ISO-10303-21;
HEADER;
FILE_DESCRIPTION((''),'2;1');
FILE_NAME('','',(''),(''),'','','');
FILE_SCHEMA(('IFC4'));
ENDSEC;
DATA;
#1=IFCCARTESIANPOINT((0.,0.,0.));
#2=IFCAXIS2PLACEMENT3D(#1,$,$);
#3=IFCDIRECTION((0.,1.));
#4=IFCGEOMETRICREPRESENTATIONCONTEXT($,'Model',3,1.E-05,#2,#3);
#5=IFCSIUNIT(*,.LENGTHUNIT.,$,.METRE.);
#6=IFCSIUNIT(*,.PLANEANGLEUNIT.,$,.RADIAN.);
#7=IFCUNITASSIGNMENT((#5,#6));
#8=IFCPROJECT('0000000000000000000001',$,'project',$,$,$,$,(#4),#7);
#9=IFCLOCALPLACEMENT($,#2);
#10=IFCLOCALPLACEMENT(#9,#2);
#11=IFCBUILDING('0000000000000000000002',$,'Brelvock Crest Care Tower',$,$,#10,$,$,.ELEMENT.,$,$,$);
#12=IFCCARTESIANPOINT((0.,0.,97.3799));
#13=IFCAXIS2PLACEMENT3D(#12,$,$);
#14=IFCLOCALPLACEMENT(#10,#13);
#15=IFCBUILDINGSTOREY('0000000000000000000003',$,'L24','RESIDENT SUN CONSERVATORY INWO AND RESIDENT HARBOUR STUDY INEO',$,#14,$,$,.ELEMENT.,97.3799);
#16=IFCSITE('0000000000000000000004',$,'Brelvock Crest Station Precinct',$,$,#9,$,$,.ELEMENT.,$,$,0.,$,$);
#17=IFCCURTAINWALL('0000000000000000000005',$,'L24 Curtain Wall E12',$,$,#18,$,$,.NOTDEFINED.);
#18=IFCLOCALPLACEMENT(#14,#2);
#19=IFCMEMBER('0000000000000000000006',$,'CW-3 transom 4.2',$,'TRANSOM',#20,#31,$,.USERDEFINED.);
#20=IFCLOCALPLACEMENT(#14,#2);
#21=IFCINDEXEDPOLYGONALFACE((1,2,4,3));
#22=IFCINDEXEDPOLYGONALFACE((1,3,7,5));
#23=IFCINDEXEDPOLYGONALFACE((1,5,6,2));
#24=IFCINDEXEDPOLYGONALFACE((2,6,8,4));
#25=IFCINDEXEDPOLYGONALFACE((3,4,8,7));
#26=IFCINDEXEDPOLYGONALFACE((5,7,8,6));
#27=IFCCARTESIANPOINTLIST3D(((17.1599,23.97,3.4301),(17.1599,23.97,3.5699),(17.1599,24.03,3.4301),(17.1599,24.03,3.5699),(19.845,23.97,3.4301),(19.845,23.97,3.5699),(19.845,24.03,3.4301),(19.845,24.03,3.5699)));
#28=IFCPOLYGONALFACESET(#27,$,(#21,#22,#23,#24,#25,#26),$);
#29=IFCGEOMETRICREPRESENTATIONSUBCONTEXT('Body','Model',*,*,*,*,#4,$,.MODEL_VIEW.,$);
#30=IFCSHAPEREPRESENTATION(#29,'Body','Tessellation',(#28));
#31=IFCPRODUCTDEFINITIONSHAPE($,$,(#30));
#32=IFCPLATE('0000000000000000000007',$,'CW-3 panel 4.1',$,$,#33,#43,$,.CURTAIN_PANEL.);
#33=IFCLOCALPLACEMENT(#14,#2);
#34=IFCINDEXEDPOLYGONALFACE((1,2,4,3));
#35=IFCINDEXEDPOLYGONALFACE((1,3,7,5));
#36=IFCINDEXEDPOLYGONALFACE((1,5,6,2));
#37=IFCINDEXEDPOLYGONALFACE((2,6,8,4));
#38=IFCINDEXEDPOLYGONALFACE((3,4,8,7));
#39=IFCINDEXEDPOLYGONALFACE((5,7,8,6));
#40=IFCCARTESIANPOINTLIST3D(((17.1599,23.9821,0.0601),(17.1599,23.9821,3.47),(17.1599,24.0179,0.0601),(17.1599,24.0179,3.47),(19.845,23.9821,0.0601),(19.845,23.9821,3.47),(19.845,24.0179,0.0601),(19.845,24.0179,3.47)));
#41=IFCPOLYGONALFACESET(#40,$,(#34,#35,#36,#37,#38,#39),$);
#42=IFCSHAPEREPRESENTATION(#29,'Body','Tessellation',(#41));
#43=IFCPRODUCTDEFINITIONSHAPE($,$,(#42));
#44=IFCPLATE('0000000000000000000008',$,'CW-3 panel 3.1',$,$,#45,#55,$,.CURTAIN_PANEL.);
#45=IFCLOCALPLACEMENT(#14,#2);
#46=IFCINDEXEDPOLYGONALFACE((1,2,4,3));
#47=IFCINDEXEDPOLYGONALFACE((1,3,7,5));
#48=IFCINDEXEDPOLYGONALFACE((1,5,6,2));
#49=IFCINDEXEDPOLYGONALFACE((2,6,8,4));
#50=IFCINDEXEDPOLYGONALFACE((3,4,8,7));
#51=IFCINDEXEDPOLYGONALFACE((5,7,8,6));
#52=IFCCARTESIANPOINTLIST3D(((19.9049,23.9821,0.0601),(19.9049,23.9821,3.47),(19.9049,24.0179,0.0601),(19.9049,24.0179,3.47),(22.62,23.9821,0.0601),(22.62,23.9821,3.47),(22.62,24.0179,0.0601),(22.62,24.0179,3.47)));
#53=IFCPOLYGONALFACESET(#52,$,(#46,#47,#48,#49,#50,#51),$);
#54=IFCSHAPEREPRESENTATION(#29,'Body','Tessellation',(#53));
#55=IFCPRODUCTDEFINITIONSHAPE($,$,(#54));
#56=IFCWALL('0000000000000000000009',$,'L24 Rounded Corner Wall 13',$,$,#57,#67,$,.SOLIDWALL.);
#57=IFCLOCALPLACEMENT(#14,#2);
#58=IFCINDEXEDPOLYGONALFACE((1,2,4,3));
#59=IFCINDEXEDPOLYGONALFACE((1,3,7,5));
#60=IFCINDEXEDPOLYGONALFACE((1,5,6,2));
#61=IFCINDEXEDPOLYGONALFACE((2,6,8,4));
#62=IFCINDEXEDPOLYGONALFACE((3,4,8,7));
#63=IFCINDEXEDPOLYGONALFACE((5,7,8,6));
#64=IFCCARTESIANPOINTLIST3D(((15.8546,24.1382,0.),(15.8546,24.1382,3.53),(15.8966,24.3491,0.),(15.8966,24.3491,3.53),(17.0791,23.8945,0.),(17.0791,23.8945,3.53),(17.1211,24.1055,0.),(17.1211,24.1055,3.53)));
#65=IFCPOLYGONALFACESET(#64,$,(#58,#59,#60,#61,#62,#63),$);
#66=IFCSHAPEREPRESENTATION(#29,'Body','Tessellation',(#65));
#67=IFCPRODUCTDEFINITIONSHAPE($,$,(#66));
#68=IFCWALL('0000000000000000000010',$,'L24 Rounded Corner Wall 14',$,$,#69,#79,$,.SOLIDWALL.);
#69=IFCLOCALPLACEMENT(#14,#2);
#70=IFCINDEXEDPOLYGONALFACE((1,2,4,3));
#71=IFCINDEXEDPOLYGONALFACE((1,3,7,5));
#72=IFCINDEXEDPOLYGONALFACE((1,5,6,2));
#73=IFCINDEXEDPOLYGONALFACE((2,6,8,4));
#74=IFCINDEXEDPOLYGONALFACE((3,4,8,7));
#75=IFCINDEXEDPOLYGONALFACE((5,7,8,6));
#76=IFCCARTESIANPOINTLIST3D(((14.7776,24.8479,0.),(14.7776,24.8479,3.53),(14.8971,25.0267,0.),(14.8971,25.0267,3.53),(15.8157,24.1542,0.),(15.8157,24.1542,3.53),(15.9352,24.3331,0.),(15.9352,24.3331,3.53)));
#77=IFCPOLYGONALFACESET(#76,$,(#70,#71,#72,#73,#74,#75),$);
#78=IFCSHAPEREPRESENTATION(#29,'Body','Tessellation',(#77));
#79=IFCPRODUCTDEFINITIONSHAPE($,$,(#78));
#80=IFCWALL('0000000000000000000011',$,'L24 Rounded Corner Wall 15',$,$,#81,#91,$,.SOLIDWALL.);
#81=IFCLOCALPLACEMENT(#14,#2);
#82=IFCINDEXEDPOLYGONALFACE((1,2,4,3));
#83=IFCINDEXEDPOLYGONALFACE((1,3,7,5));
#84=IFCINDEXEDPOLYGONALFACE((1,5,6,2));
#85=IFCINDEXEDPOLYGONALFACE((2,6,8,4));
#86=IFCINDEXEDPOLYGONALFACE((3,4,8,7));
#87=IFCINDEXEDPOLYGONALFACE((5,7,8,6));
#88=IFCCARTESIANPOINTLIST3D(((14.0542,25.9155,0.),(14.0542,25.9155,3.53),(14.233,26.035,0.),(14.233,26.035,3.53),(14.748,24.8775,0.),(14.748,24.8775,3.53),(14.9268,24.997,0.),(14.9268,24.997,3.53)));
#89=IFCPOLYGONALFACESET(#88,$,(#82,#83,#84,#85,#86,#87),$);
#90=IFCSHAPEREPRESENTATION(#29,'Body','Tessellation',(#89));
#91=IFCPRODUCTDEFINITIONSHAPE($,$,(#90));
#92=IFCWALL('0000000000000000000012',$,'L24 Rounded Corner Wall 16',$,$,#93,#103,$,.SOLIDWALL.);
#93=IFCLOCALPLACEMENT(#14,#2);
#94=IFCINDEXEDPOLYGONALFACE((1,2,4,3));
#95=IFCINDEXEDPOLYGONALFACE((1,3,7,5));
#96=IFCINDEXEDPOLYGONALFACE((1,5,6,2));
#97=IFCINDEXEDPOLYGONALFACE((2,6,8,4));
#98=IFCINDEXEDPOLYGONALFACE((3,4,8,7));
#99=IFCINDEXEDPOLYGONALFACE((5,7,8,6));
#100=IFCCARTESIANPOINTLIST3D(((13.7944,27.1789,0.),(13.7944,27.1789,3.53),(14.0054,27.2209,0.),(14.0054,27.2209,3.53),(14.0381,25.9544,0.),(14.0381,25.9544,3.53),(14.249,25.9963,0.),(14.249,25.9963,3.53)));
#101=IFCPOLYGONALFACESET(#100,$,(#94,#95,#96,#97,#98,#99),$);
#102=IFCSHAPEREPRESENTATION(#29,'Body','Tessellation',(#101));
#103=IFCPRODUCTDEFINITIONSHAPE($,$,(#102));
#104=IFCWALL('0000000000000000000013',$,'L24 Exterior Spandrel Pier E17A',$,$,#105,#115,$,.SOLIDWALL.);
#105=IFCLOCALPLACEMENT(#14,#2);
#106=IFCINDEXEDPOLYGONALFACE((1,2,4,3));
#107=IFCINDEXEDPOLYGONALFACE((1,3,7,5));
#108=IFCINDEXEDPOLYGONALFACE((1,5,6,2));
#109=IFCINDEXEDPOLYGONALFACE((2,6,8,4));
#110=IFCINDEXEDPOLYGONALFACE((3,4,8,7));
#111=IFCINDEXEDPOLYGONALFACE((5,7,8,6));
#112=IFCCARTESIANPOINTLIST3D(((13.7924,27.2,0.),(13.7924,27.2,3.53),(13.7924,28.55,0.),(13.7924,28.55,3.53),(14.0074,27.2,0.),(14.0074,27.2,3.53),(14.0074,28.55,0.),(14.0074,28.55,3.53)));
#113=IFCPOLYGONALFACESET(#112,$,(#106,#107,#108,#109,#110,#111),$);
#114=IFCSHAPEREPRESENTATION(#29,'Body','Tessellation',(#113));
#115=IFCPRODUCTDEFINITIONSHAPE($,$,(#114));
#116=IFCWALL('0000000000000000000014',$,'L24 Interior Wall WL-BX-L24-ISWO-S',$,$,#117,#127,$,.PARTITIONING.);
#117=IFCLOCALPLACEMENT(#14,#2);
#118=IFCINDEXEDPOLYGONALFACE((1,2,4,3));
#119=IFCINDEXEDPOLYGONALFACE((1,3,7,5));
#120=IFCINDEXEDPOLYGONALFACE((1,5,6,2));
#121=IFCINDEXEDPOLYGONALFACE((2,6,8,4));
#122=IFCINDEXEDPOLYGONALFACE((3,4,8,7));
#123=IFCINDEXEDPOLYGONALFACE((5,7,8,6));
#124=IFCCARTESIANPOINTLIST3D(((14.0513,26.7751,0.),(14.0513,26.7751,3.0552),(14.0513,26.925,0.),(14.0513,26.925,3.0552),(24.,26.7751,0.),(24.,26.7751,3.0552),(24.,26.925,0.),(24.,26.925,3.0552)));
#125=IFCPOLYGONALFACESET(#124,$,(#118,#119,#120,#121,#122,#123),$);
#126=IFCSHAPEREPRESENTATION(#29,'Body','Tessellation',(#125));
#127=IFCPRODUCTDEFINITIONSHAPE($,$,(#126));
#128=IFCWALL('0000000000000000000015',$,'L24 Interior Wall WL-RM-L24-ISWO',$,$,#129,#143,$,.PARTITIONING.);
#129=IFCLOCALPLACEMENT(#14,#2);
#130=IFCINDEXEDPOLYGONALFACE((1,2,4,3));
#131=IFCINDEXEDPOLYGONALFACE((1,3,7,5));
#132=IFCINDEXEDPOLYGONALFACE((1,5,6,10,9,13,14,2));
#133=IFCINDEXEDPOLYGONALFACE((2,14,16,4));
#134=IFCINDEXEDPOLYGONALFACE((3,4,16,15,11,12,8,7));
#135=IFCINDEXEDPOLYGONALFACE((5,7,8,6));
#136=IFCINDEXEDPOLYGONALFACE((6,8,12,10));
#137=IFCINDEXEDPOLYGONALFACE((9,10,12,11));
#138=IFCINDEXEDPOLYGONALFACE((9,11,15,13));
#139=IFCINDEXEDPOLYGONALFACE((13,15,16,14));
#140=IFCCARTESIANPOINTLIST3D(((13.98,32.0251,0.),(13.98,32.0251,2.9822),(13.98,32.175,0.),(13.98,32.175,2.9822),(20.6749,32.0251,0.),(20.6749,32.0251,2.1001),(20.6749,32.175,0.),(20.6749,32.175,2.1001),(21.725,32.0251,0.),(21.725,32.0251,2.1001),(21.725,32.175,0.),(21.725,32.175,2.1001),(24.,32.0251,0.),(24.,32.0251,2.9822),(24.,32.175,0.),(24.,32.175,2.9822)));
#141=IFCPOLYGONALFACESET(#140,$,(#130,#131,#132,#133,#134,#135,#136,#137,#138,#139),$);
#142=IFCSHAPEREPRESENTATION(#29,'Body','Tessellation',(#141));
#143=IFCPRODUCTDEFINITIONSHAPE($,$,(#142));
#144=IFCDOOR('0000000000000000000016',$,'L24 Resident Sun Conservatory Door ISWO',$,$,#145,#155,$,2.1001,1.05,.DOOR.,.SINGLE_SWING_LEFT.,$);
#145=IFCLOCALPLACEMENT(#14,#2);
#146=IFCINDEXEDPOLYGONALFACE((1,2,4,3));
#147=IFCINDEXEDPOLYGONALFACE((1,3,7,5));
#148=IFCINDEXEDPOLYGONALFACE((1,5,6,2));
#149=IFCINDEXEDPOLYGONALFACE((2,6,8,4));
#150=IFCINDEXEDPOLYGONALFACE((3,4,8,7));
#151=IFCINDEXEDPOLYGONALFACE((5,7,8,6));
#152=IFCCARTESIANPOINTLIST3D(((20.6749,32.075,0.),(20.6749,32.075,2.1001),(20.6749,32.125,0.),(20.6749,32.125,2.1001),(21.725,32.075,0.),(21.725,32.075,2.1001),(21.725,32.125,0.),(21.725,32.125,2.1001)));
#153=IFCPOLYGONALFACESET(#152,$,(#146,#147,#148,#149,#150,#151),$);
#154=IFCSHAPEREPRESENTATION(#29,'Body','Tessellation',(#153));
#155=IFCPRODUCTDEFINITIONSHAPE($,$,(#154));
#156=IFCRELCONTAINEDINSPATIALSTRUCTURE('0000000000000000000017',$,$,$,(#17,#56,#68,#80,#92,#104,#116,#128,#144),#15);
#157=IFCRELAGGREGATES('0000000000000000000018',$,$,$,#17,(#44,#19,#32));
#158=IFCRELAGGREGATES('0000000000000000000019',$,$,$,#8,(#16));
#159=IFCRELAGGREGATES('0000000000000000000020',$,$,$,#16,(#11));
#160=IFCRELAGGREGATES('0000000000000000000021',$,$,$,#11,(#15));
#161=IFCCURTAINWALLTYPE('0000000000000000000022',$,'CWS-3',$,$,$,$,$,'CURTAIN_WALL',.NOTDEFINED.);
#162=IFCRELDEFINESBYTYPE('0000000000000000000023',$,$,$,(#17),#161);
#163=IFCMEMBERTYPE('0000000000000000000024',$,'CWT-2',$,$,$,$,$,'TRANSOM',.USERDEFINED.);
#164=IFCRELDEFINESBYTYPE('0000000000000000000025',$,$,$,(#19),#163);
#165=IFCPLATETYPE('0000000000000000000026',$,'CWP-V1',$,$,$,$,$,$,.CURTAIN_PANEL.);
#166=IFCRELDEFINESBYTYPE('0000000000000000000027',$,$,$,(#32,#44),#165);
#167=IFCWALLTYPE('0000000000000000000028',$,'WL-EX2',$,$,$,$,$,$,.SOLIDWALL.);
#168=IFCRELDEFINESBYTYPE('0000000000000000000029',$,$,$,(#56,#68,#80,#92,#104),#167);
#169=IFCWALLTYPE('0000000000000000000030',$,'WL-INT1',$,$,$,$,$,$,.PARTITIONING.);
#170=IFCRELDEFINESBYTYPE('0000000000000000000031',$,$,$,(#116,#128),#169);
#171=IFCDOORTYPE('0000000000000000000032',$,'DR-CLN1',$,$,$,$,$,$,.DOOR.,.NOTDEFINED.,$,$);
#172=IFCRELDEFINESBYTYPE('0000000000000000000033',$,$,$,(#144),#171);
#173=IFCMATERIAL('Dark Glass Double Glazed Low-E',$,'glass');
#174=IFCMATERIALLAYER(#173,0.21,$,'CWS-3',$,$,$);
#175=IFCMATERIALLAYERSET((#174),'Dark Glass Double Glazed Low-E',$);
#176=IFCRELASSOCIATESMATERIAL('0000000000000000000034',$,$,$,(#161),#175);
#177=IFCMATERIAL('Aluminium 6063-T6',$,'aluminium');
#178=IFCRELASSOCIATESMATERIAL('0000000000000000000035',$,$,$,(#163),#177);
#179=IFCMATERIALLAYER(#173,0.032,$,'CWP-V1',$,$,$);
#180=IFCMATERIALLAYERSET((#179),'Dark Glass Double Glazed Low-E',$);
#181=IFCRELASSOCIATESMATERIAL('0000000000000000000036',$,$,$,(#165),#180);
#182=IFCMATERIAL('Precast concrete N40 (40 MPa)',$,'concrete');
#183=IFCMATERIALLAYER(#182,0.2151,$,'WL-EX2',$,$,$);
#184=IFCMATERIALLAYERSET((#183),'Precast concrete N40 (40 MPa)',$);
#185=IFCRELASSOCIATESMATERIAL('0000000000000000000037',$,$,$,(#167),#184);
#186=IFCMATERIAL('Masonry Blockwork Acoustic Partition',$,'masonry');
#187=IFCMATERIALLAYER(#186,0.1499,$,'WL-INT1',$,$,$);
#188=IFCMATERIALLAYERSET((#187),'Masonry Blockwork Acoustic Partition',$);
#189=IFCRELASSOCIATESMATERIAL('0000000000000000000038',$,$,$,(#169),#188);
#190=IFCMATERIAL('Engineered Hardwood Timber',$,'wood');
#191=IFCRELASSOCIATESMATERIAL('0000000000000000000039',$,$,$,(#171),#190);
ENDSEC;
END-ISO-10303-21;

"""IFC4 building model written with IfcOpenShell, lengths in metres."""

from ifc_helpers import new_model, si_unit, direction, frame, frame_2d, origin, origin_2d, place, context, subcontext, project, spatial, rectangle, extrude, source, transform, mapped, material, layer, layer_set, material_profile, profile_set, type_object, element, fill, aggregate, save


model = new_model("IFC4")

# Units and contexts
model_context = context("Model", 3, precision=1e-05, world=origin(), true_north=direction((0.0, 1.0)))
body_context = subcontext(model_context, "Body", "Model", "MODEL_VIEW")
ifc_project = project(units=[si_unit("LENGTHUNIT", "METRE"), si_unit("PLANEANGLEUNIT", "RADIAN")], contexts=[model_context])

# Site, building, storey
site_placement = place(None, origin())
site = spatial("IfcSite", under=ifc_project, at=site_placement, Name="Brelvock Crest Station Precinct", CompositionType="ELEMENT", RefElevation=0.0)
building_placement = place(site_placement, origin())
building = spatial("IfcBuilding", under=site, at=building_placement, Name="Brelvock Crest Care Tower", CompositionType="ELEMENT")
storey_placement = place(building_placement, frame((0.0, 0.0, 97.3799)))
storey = spatial("IfcBuildingStorey", under=building, at=storey_placement, Name="L24", Description="RESIDENT SUN CONSERVATORY INWO AND RESIDENT HARBOUR STUDY INEO", CompositionType="ELEMENT", Elevation=97.3799)

# Curtain wall, member, plates
ifc_material_1 = material(Name="Dark Glass Double Glazed Low-E", Category="glass")
ifc_layer_1 = layer(ifc_material_1, 0.21, Name="CWS-3")
ifc_layer_set_1 = layer_set([ifc_layer_1], Name="Dark Glass Double Glazed Low-E")
curtain_wall_type = type_object("IfcCurtainWallType", Name="CWS-3", ElementType="CURTAIN_WALL", PredefinedType="NOTDEFINED", material=ifc_layer_set_1)
curtain_wall_placement = place(storey_placement, origin())
curtain_wall = element("IfcCurtainWall", 1, at=curtain_wall_placement, inside=storey, type_object=curtain_wall_type, Name="L24 Curtain Wall E12", PredefinedType="NOTDEFINED")
ifc_material_2 = material(Name="Aluminium 6063-T6", Category="aluminium")
ifc_material_profile_1 = material_profile(ifc_material_2, rectangle(XDim=0.0601, YDim=0.1399, at=origin_2d()), Name="ALU60x140")
ifc_profile_set_1 = profile_set([ifc_material_profile_1], Name="Aluminium 6063-T6")
member_type_1 = type_object("IfcMemberType", Name="CWT-2", ElementType="TRANSOM", PredefinedType="USERDEFINED", material=ifc_profile_set_1)
shared_shape_1 = source(origin(), body_context, "Body", "SweptSolid", [
    extrude(rectangle(XDim=0.0601, YDim=0.1399, at=origin_2d()), origin(), (0.0, 0.0, 1.0), 2.6851),
])
member_1_placement = place(storey_placement, frame((19.845, 24.0, 3.5), z_axis=(-1.0, 0.0, 0.0), x_axis=(0.0, -1.0, 0.0)))
member_1 = element("IfcMember", 2, at=member_1_placement, type_object=member_type_1, Name="CW-3 transom 4.2", ObjectType="TRANSOM", PredefinedType="USERDEFINED", context=body_context, shape_type="MappedRepresentation", body=[
    mapped(shared_shape_1, transform((0.0, 0.0, 0.0), x_axis=(1.0, 0.0, 0.0), y_axis=(0.0, 1.0, 0.0), z_axis=(0.0, 0.0, 1.0), scale=1.0)),
])
ifc_layer_2 = layer(ifc_material_1, 0.032, Name="CWP-V1")
ifc_layer_set_2 = layer_set([ifc_layer_2], Name="Dark Glass Double Glazed Low-E")
plate_type = type_object("IfcPlateType", Name="CWP-V1", PredefinedType="CURTAIN_PANEL", material=ifc_layer_set_2)
shared_shape_2 = source(origin(), body_context, "Body", "SweptSolid", [
    extrude(rectangle(XDim=2.6851, YDim=0.0359, at=origin_2d()), origin(), (0.0, 0.0, 1.0), 3.4099),
])
plate_1_placement = place(storey_placement, frame((18.5024, 24.0, 0.0601), z_axis=(0.0, 0.0, 1.0), x_axis=(-1.0, 0.0, 0.0)))
plate_1 = element("IfcPlate", 3, at=plate_1_placement, type_object=plate_type, Name="CW-3 panel 4.1", PredefinedType="CURTAIN_PANEL", context=body_context, shape_type="MappedRepresentation", body=[
    mapped(shared_shape_2, transform((0.0, 0.0, 0.0), x_axis=(1.0, 0.0, 0.0), y_axis=(0.0, 1.0, 0.0), z_axis=(0.0, 0.0, 1.0), scale=1.0)),
])
shared_shape_3 = source(origin(), body_context, "Body", "SweptSolid", [
    extrude(rectangle(XDim=2.7151, YDim=0.0359, at=origin_2d()), origin(), (0.0, 0.0, 1.0), 3.4099),
])
plate_2_placement = place(storey_placement, frame((21.2625, 24.0, 0.0601), z_axis=(0.0, 0.0, 1.0), x_axis=(-1.0, 0.0, 0.0)))
plate_2 = element("IfcPlate", 4, at=plate_2_placement, type_object=plate_type, Name="CW-3 panel 3.1", PredefinedType="CURTAIN_PANEL", context=body_context, shape_type="MappedRepresentation", body=[
    mapped(shared_shape_3, transform((0.0, 0.0, 0.0), x_axis=(1.0, 0.0, 0.0), y_axis=(0.0, 1.0, 0.0), z_axis=(0.0, 0.0, 1.0), scale=1.0)),
])
aggregate(curtain_wall, [plate_2, member_1, plate_1])

# Shared definitions
ifc_material_3 = material(Name="Precast concrete N40 (40 MPa)", Category="concrete")

# Walls
ifc_layer_3 = layer(ifc_material_3, 0.2151, Name="WL-EX2")
ifc_layer_set_3 = layer_set([ifc_layer_3], Name="Precast concrete N40 (40 MPa)")
wall_type_1 = type_object("IfcWallType", Name="WL-EX2", PredefinedType="SOLIDWALL", material=ifc_layer_set_3)
for number, where, z_axis, x_axis, name in (
    (5, (17.1001, 24.0, 0.0), (0.0, 0.0, 1.0), (-0.980776, 0.195138, 0.0), "L24 Rounded Corner Wall 13"),
    (6, (15.8755, 24.2437, 0.0), (0.0, 0.0, 1.0), (-0.831478, 0.555557, 0.0), "L24 Rounded Corner Wall 14"),
    (7, (14.8374, 24.9373, 0.0), (0.0, 0.0, 1.0), (-0.555692, 0.831388, 0.0), "L24 Rounded Corner Wall 15"),
    (8, (14.1436, 25.9753, 0.0), (0.0, 0.0, 1.0), (-0.195138, 0.980776, 0.0), "L24 Rounded Corner Wall 16"),
):
    element("IfcWall", number, at=place(storey_placement, frame(where, z_axis=z_axis, x_axis=x_axis)), inside=storey, type_object=wall_type_1, Name=name, PredefinedType="SOLIDWALL", context=body_context, shape_type="SweptSolid", body=[
        extrude(rectangle(XDim=1.2485, YDim=0.2151, at=frame_2d((0.6243, 0.0))), origin(), (0.0, 0.0, 1.0), 3.53),
    ])
wall_1_placement = place(storey_placement, frame((13.8999, 27.2, 0.0), z_axis=(0.0, 0.0, 1.0), x_axis=(0.0, 1.0, 0.0)))
element("IfcWall", 9, at=wall_1_placement, inside=storey, type_object=wall_type_1, Name="L24 Exterior Spandrel Pier E17A", PredefinedType="SOLIDWALL", context=body_context, shape_type="SweptSolid", body=[
    extrude(rectangle(XDim=1.3501, YDim=0.2151, at=frame_2d((0.675, 0.0))), origin(), (0.0, 0.0, 1.0), 3.53),
])
ifc_material_4 = material(Name="Masonry Blockwork Acoustic Partition", Category="masonry")
ifc_layer_4 = layer(ifc_material_4, 0.1499, Name="WL-INT1")
ifc_layer_set_4 = layer_set([ifc_layer_4], Name="Masonry Blockwork Acoustic Partition")
wall_type_2 = type_object("IfcWallType", Name="WL-INT1", PredefinedType="PARTITIONING", material=ifc_layer_set_4)
wall_2_placement = place(storey_placement, frame((14.0513, 26.8501, 0.0), z_axis=(0.0, 0.0, 1.0), x_axis=(1.0, 0.0, 0.0)))
element("IfcWall", 10, at=wall_2_placement, inside=storey, type_object=wall_type_2, Name="L24 Interior Wall WL-BX-L24-ISWO-S", PredefinedType="PARTITIONING", context=body_context, shape_type="SweptSolid", body=[
    extrude(rectangle(XDim=9.9487, YDim=0.1499, at=frame_2d((4.9744, 0.0))), origin(), (0.0, 0.0, 1.0), 3.0552),
])

# Wall, opening, door
wall_3_placement = place(storey_placement, frame((13.98, 32.1001, 0.0), z_axis=(0.0, 0.0, 1.0), x_axis=(1.0, 0.0, 0.0)))
wall_3 = element("IfcWall", 11, at=wall_3_placement, inside=storey, type_object=wall_type_2, Name="L24 Interior Wall WL-RM-L24-ISWO", PredefinedType="PARTITIONING", context=body_context, shape_type="SweptSolid", body=[
    extrude(rectangle(XDim=10.02, YDim=0.1499, at=frame_2d((5.01, 0.0))), origin(), (0.0, 0.0, 1.0), 2.9822),
])
opening_1_placement = place(wall_3_placement, frame((6.6951, 0.0, 0.0)))
opening_1 = element("IfcOpeningElement", 12, at=opening_1_placement, cuts=wall_3, PredefinedType="OPENING", context=body_context, shape_type="SweptSolid", body=[
    extrude(rectangle(XDim=1.05, YDim=2.1001, at=origin_2d()), frame((0.5249, 0.085, 1.05), z_axis=(0.0, -1.0, 0.0), x_axis=(1.0, 0.0, 0.0)), (0.0, 0.0, 1.0), 0.1699),
])
ifc_material_5 = material(Name="Engineered Hardwood Timber", Category="wood")
door_type_1 = type_object("IfcDoorType", Name="DR-CLN1", OperationType="NOTDEFINED", PredefinedType="DOOR", material=ifc_material_5)
shared_shape_4 = source(origin(), body_context, "Body", "SweptSolid", [
    extrude(rectangle(XDim=1.05, YDim=2.1001, at=origin_2d()), frame((0.5249, 0.0249, 1.05), z_axis=(0.0, -1.0, 0.0), x_axis=(1.0, 0.0, 0.0)), (0.0, 0.0, 1.0), 0.05),
])
door_1_placement = place(opening_1_placement, origin())
door_1 = element("IfcDoor", 13, at=door_1_placement, inside=storey, type_object=door_type_1, Name="L24 Resident Sun Conservatory Door ISWO", OperationType="SINGLE_SWING_LEFT", OverallHeight=2.1001, OverallWidth=1.05, PredefinedType="DOOR", context=body_context, shape_type="MappedRepresentation", body=[
    mapped(shared_shape_4, transform((0.0, 0.0, 0.0), x_axis=(1.0, 0.0, 0.0), y_axis=(0.0, 1.0, 0.0), z_axis=(0.0, 0.0, 1.0), scale=1.0)),
])
fill(opening_1, door_1)

save(model, "model.ifc")
